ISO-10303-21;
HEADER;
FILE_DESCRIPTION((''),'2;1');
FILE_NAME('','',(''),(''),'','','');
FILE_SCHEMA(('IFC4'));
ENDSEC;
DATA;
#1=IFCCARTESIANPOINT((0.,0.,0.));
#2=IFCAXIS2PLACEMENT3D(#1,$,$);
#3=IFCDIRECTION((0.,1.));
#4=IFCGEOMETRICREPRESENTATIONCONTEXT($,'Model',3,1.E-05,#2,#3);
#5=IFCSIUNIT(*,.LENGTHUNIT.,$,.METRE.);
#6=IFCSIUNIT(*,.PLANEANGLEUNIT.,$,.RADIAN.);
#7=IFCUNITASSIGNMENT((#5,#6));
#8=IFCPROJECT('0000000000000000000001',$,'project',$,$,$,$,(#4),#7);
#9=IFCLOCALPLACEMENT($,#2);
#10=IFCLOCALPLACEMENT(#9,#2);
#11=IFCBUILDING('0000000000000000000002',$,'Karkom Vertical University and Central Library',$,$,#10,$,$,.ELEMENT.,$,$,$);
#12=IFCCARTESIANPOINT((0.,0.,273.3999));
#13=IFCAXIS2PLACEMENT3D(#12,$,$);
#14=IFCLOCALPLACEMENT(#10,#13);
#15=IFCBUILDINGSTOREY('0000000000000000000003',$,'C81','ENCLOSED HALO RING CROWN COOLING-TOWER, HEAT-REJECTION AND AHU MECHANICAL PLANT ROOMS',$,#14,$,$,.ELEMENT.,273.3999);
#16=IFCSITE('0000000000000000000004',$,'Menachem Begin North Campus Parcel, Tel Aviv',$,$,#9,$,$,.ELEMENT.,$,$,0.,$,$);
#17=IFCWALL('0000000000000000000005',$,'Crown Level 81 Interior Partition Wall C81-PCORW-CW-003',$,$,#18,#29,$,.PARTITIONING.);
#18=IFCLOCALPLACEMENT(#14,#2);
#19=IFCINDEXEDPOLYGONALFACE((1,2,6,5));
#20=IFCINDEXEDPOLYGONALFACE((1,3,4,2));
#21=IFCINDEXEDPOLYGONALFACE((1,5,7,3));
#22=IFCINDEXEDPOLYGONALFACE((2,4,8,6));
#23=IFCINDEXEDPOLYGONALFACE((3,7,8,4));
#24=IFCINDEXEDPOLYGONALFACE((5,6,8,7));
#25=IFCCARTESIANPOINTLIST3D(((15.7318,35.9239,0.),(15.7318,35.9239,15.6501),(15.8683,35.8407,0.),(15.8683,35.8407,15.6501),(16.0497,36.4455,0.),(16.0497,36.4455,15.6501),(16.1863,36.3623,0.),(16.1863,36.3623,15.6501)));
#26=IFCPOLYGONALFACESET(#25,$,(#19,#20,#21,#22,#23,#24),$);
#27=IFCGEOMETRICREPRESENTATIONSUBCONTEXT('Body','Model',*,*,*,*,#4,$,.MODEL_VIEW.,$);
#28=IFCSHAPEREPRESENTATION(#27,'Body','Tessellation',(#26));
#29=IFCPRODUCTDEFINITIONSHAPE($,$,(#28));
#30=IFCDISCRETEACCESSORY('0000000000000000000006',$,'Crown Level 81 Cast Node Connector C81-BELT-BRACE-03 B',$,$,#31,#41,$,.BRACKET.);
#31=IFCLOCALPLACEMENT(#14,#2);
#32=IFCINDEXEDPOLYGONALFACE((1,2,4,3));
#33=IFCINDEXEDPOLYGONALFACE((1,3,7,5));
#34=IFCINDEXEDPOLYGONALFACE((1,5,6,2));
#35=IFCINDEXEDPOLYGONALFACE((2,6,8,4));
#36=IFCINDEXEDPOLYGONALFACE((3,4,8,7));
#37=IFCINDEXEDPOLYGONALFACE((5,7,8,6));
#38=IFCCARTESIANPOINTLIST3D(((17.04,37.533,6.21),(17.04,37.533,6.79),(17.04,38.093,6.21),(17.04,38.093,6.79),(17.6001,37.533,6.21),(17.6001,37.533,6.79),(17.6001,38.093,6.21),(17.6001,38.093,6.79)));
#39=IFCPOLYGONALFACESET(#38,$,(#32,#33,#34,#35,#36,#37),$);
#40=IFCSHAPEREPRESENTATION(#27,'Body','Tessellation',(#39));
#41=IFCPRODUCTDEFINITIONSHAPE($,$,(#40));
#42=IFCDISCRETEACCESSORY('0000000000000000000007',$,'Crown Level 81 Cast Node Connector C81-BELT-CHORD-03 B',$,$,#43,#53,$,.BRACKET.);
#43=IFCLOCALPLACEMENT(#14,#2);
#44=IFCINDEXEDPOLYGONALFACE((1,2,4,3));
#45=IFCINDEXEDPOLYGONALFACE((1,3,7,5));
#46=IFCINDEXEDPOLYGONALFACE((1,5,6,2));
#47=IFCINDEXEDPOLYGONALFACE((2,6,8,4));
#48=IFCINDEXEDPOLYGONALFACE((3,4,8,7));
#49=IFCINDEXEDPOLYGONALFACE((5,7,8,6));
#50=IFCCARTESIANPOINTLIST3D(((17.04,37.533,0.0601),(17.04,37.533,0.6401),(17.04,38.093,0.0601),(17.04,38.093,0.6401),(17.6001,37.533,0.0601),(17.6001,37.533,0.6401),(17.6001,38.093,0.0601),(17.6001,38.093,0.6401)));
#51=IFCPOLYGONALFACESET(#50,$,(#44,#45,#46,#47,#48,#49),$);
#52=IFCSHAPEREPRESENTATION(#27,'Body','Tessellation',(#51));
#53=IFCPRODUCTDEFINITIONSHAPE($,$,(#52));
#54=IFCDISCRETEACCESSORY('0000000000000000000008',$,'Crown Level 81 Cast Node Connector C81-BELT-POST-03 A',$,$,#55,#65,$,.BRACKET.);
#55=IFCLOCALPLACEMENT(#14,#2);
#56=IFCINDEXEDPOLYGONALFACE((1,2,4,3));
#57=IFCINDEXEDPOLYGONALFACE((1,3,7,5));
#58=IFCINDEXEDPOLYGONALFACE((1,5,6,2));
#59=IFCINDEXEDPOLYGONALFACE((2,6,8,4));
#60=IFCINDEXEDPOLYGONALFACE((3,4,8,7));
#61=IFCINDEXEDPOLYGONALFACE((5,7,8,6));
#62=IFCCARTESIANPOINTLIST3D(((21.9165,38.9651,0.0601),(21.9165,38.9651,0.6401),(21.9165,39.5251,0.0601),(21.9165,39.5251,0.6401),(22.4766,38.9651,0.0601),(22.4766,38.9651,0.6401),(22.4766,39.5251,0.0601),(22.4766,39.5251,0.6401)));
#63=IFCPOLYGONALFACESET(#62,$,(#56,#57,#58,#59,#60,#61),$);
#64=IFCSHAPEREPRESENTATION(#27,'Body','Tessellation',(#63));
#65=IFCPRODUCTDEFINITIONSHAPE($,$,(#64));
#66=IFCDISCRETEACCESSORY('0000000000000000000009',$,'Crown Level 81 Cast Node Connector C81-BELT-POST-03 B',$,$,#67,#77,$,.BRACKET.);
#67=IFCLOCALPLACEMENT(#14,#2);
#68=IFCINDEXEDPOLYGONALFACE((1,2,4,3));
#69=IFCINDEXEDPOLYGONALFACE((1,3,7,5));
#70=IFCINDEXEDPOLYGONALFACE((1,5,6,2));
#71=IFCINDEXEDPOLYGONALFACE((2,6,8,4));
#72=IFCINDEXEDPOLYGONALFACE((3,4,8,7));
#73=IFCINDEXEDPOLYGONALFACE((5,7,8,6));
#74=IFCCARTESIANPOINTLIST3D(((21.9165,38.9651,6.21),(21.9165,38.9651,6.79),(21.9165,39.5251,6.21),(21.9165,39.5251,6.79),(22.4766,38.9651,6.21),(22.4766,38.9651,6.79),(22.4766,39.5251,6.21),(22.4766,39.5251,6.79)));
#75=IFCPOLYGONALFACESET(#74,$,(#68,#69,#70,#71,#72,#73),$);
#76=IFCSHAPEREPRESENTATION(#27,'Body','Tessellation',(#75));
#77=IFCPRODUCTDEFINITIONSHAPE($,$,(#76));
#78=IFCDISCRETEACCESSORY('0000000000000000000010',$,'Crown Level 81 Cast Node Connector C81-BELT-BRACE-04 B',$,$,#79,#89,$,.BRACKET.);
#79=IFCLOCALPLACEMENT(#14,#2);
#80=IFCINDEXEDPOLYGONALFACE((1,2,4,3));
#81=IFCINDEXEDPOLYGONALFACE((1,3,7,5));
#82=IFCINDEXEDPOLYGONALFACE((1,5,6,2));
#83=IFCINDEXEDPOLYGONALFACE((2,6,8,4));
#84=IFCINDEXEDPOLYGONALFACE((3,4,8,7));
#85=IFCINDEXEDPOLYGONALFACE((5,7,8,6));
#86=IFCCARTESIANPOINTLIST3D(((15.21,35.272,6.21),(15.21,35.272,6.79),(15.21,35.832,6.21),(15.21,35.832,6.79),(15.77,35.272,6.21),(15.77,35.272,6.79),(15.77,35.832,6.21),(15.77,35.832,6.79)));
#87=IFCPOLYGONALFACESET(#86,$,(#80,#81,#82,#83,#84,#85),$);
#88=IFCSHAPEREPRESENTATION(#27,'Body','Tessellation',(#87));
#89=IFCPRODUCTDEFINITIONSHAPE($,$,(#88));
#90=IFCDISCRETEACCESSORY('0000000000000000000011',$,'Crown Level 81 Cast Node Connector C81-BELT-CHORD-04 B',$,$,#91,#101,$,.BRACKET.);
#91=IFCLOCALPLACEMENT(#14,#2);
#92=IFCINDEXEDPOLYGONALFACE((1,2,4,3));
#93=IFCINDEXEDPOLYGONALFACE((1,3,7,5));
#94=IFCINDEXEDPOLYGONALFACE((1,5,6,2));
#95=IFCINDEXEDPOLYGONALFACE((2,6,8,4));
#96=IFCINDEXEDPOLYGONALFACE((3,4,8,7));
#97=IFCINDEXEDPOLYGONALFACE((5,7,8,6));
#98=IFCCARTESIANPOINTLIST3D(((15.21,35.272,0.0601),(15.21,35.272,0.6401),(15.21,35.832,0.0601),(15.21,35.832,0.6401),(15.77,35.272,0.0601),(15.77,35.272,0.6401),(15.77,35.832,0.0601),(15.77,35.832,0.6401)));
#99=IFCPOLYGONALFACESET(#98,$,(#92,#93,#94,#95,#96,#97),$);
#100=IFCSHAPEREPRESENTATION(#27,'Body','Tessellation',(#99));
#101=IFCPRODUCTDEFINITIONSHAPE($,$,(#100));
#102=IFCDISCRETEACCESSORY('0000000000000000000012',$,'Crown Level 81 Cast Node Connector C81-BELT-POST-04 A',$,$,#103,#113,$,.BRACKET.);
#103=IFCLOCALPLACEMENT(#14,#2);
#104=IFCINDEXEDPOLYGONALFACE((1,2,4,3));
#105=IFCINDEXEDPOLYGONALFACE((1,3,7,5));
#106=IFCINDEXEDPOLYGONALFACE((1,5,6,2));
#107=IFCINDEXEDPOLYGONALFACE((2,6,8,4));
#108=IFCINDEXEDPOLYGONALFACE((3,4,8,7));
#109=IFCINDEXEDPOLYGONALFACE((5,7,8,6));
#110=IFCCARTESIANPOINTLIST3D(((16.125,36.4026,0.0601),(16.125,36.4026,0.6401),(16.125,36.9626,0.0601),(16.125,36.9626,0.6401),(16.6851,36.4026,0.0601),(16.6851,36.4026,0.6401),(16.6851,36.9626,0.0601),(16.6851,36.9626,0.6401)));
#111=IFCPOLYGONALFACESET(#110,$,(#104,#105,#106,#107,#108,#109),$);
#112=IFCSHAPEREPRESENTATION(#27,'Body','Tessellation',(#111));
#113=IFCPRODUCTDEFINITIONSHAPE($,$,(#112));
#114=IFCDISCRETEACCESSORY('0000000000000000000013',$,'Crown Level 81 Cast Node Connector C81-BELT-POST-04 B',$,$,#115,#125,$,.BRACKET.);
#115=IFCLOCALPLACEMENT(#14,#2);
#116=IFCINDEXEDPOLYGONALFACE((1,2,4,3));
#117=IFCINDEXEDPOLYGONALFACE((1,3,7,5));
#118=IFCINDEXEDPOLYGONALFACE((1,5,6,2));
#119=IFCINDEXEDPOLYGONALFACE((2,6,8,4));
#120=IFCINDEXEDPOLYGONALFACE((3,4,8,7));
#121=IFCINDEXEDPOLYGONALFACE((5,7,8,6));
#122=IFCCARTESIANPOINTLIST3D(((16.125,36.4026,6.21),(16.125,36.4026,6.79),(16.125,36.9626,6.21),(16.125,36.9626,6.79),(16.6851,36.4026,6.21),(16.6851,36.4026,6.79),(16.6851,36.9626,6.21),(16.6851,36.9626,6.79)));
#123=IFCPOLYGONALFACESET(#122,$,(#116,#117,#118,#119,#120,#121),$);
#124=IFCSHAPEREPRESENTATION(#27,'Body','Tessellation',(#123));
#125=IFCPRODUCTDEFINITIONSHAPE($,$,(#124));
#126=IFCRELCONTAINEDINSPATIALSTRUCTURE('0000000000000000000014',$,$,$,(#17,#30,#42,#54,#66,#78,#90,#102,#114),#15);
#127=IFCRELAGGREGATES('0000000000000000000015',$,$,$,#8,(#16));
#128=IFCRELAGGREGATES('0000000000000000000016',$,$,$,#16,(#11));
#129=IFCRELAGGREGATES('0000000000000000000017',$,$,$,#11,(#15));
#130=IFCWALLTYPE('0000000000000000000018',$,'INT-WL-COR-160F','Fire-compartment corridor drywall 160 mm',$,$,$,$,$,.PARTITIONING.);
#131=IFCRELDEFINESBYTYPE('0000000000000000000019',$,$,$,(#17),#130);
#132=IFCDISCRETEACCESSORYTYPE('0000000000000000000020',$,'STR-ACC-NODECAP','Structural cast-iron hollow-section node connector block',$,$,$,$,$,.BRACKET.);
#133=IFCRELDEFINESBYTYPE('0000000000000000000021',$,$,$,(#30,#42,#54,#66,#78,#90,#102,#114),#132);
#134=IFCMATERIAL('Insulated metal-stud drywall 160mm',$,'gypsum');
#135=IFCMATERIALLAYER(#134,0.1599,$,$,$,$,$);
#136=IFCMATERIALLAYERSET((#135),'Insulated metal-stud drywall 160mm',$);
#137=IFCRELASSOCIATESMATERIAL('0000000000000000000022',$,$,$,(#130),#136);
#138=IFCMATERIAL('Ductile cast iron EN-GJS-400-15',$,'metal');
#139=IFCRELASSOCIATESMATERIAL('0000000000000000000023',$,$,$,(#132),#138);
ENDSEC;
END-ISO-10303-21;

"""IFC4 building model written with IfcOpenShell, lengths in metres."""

from ifc_helpers import new_model, si_unit, direction, frame, frame_2d, origin, origin_with_axes, origin_2d, place, context, subcontext, project, spatial, rectangle, extrude, source, transform, mapped, material, layer, layer_set, type_object, element, save


model = new_model("IFC4")

# Units and contexts
model_context = context("Model", 3, precision=1e-05, world=origin(), true_north=direction((0.0, 1.0)))
body_context = subcontext(model_context, "Body", "Model", "MODEL_VIEW")
ifc_project = project(units=[si_unit("LENGTHUNIT", "METRE"), si_unit("PLANEANGLEUNIT", "RADIAN")], contexts=[model_context])

# Site, building, storey
site_placement = place(None, origin())
site = spatial("IfcSite", under=ifc_project, at=site_placement, Name="Menachem Begin North Campus Parcel, Tel Aviv", CompositionType="ELEMENT", RefElevation=0.0)
building_placement = place(site_placement, origin())
building = spatial("IfcBuilding", under=site, at=building_placement, Name="Karkom Vertical University and Central Library", CompositionType="ELEMENT")
storey_placement = place(building_placement, frame((0.0, 0.0, 273.3999)))
storey = spatial("IfcBuildingStorey", under=building, at=storey_placement, Name="C81", Description="ENCLOSED HALO RING CROWN COOLING-TOWER, HEAT-REJECTION AND AHU MECHANICAL PLANT ROOMS", CompositionType="ELEMENT", Elevation=273.3999)

# Wall
ifc_material_1 = material(Name="Insulated metal-stud drywall 160mm", Category="gypsum")
ifc_layer_1 = layer(ifc_material_1, 0.1599)
ifc_layer_set_1 = layer_set([ifc_layer_1], Name="Insulated metal-stud drywall 160mm")
wall_type_1 = type_object("IfcWallType", Name="INT-WL-COR-160F", Description="Fire-compartment corridor drywall 160 mm", PredefinedType="PARTITIONING", material=ifc_layer_set_1)
wall_1_placement = place(storey_placement, frame((15.8, 35.8823, 0.0), z_axis=(0.0, 0.0, 1.0), x_axis=(0.520479, 0.853874, 0.0)))
element("IfcWall", 1, at=wall_1_placement, inside=storey, type_object=wall_type_1, Name="Crown Level 81 Interior Partition Wall C81-PCORW-CW-003", PredefinedType="PARTITIONING", context=body_context, shape_type="SweptSolid", body=[
    extrude(rectangle(XDim=0.6108, YDim=0.1599, at=frame_2d((0.3054, 0.0))), origin(), (0.0, 0.0, 1.0), 15.6501),
])

# Discrete accessories
ifc_material_2 = material(Name="Ductile cast iron EN-GJS-400-15", Category="metal")
discrete_accessory_type = type_object("IfcDiscreteAccessoryType", Name="STR-ACC-NODECAP", Description="Structural cast-iron hollow-section node connector block", PredefinedType="BRACKET", material=ifc_material_2)
shared_shape_1 = source(origin_with_axes(), body_context, "Body", "SweptSolid", [
    extrude(rectangle(XDim=0.5601, YDim=0.5601, at=origin_2d()), origin(), (0.0, 0.0, 1.0), 0.5801),
])
for number, where, z_axis, x_axis, name in (
    (2, (17.3201, 37.813, 6.21), (0.0, 0.0, 1.0), (1.0, 0.0, 0.0), "Crown Level 81 Cast Node Connector C81-BELT-BRACE-03 B"),
    (3, (17.3201, 37.813, 0.0601), (0.0, 0.0, 1.0), (1.0, 0.0, 0.0), "Crown Level 81 Cast Node Connector C81-BELT-CHORD-03 B"),
    (4, (22.1965, 39.2451, 0.0601), (0.0, 0.0, 1.0), (1.0, 0.0, 0.0), "Crown Level 81 Cast Node Connector C81-BELT-POST-03 A"),
    (5, (22.1965, 39.2451, 6.21), (0.0, 0.0, 1.0), (1.0, 0.0, 0.0), "Crown Level 81 Cast Node Connector C81-BELT-POST-03 B"),
    (6, (15.49, 35.552, 6.21), (0.0, 0.0, 1.0), (1.0, 0.0, 0.0), "Crown Level 81 Cast Node Connector C81-BELT-BRACE-04 B"),
    (7, (15.49, 35.552, 0.0601), (0.0, 0.0, 1.0), (1.0, 0.0, 0.0), "Crown Level 81 Cast Node Connector C81-BELT-CHORD-04 B"),
    (8, (16.405, 36.6826, 0.0601), (0.0, 0.0, 1.0), (1.0, 0.0, 0.0), "Crown Level 81 Cast Node Connector C81-BELT-POST-04 A"),
    (9, (16.405, 36.6826, 6.21), (0.0, 0.0, 1.0), (1.0, 0.0, 0.0), "Crown Level 81 Cast Node Connector C81-BELT-POST-04 B"),
):
    element("IfcDiscreteAccessory", number, at=place(storey_placement, frame(where, z_axis=z_axis, x_axis=x_axis)), inside=storey, type_object=discrete_accessory_type, Name=name, PredefinedType="BRACKET", context=body_context, shape_type="MappedRepresentation", body=[
        mapped(shared_shape_1, transform((0.0, 0.0, 0.0), scale=1.0)),
    ])

save(model, "model.ifc")
